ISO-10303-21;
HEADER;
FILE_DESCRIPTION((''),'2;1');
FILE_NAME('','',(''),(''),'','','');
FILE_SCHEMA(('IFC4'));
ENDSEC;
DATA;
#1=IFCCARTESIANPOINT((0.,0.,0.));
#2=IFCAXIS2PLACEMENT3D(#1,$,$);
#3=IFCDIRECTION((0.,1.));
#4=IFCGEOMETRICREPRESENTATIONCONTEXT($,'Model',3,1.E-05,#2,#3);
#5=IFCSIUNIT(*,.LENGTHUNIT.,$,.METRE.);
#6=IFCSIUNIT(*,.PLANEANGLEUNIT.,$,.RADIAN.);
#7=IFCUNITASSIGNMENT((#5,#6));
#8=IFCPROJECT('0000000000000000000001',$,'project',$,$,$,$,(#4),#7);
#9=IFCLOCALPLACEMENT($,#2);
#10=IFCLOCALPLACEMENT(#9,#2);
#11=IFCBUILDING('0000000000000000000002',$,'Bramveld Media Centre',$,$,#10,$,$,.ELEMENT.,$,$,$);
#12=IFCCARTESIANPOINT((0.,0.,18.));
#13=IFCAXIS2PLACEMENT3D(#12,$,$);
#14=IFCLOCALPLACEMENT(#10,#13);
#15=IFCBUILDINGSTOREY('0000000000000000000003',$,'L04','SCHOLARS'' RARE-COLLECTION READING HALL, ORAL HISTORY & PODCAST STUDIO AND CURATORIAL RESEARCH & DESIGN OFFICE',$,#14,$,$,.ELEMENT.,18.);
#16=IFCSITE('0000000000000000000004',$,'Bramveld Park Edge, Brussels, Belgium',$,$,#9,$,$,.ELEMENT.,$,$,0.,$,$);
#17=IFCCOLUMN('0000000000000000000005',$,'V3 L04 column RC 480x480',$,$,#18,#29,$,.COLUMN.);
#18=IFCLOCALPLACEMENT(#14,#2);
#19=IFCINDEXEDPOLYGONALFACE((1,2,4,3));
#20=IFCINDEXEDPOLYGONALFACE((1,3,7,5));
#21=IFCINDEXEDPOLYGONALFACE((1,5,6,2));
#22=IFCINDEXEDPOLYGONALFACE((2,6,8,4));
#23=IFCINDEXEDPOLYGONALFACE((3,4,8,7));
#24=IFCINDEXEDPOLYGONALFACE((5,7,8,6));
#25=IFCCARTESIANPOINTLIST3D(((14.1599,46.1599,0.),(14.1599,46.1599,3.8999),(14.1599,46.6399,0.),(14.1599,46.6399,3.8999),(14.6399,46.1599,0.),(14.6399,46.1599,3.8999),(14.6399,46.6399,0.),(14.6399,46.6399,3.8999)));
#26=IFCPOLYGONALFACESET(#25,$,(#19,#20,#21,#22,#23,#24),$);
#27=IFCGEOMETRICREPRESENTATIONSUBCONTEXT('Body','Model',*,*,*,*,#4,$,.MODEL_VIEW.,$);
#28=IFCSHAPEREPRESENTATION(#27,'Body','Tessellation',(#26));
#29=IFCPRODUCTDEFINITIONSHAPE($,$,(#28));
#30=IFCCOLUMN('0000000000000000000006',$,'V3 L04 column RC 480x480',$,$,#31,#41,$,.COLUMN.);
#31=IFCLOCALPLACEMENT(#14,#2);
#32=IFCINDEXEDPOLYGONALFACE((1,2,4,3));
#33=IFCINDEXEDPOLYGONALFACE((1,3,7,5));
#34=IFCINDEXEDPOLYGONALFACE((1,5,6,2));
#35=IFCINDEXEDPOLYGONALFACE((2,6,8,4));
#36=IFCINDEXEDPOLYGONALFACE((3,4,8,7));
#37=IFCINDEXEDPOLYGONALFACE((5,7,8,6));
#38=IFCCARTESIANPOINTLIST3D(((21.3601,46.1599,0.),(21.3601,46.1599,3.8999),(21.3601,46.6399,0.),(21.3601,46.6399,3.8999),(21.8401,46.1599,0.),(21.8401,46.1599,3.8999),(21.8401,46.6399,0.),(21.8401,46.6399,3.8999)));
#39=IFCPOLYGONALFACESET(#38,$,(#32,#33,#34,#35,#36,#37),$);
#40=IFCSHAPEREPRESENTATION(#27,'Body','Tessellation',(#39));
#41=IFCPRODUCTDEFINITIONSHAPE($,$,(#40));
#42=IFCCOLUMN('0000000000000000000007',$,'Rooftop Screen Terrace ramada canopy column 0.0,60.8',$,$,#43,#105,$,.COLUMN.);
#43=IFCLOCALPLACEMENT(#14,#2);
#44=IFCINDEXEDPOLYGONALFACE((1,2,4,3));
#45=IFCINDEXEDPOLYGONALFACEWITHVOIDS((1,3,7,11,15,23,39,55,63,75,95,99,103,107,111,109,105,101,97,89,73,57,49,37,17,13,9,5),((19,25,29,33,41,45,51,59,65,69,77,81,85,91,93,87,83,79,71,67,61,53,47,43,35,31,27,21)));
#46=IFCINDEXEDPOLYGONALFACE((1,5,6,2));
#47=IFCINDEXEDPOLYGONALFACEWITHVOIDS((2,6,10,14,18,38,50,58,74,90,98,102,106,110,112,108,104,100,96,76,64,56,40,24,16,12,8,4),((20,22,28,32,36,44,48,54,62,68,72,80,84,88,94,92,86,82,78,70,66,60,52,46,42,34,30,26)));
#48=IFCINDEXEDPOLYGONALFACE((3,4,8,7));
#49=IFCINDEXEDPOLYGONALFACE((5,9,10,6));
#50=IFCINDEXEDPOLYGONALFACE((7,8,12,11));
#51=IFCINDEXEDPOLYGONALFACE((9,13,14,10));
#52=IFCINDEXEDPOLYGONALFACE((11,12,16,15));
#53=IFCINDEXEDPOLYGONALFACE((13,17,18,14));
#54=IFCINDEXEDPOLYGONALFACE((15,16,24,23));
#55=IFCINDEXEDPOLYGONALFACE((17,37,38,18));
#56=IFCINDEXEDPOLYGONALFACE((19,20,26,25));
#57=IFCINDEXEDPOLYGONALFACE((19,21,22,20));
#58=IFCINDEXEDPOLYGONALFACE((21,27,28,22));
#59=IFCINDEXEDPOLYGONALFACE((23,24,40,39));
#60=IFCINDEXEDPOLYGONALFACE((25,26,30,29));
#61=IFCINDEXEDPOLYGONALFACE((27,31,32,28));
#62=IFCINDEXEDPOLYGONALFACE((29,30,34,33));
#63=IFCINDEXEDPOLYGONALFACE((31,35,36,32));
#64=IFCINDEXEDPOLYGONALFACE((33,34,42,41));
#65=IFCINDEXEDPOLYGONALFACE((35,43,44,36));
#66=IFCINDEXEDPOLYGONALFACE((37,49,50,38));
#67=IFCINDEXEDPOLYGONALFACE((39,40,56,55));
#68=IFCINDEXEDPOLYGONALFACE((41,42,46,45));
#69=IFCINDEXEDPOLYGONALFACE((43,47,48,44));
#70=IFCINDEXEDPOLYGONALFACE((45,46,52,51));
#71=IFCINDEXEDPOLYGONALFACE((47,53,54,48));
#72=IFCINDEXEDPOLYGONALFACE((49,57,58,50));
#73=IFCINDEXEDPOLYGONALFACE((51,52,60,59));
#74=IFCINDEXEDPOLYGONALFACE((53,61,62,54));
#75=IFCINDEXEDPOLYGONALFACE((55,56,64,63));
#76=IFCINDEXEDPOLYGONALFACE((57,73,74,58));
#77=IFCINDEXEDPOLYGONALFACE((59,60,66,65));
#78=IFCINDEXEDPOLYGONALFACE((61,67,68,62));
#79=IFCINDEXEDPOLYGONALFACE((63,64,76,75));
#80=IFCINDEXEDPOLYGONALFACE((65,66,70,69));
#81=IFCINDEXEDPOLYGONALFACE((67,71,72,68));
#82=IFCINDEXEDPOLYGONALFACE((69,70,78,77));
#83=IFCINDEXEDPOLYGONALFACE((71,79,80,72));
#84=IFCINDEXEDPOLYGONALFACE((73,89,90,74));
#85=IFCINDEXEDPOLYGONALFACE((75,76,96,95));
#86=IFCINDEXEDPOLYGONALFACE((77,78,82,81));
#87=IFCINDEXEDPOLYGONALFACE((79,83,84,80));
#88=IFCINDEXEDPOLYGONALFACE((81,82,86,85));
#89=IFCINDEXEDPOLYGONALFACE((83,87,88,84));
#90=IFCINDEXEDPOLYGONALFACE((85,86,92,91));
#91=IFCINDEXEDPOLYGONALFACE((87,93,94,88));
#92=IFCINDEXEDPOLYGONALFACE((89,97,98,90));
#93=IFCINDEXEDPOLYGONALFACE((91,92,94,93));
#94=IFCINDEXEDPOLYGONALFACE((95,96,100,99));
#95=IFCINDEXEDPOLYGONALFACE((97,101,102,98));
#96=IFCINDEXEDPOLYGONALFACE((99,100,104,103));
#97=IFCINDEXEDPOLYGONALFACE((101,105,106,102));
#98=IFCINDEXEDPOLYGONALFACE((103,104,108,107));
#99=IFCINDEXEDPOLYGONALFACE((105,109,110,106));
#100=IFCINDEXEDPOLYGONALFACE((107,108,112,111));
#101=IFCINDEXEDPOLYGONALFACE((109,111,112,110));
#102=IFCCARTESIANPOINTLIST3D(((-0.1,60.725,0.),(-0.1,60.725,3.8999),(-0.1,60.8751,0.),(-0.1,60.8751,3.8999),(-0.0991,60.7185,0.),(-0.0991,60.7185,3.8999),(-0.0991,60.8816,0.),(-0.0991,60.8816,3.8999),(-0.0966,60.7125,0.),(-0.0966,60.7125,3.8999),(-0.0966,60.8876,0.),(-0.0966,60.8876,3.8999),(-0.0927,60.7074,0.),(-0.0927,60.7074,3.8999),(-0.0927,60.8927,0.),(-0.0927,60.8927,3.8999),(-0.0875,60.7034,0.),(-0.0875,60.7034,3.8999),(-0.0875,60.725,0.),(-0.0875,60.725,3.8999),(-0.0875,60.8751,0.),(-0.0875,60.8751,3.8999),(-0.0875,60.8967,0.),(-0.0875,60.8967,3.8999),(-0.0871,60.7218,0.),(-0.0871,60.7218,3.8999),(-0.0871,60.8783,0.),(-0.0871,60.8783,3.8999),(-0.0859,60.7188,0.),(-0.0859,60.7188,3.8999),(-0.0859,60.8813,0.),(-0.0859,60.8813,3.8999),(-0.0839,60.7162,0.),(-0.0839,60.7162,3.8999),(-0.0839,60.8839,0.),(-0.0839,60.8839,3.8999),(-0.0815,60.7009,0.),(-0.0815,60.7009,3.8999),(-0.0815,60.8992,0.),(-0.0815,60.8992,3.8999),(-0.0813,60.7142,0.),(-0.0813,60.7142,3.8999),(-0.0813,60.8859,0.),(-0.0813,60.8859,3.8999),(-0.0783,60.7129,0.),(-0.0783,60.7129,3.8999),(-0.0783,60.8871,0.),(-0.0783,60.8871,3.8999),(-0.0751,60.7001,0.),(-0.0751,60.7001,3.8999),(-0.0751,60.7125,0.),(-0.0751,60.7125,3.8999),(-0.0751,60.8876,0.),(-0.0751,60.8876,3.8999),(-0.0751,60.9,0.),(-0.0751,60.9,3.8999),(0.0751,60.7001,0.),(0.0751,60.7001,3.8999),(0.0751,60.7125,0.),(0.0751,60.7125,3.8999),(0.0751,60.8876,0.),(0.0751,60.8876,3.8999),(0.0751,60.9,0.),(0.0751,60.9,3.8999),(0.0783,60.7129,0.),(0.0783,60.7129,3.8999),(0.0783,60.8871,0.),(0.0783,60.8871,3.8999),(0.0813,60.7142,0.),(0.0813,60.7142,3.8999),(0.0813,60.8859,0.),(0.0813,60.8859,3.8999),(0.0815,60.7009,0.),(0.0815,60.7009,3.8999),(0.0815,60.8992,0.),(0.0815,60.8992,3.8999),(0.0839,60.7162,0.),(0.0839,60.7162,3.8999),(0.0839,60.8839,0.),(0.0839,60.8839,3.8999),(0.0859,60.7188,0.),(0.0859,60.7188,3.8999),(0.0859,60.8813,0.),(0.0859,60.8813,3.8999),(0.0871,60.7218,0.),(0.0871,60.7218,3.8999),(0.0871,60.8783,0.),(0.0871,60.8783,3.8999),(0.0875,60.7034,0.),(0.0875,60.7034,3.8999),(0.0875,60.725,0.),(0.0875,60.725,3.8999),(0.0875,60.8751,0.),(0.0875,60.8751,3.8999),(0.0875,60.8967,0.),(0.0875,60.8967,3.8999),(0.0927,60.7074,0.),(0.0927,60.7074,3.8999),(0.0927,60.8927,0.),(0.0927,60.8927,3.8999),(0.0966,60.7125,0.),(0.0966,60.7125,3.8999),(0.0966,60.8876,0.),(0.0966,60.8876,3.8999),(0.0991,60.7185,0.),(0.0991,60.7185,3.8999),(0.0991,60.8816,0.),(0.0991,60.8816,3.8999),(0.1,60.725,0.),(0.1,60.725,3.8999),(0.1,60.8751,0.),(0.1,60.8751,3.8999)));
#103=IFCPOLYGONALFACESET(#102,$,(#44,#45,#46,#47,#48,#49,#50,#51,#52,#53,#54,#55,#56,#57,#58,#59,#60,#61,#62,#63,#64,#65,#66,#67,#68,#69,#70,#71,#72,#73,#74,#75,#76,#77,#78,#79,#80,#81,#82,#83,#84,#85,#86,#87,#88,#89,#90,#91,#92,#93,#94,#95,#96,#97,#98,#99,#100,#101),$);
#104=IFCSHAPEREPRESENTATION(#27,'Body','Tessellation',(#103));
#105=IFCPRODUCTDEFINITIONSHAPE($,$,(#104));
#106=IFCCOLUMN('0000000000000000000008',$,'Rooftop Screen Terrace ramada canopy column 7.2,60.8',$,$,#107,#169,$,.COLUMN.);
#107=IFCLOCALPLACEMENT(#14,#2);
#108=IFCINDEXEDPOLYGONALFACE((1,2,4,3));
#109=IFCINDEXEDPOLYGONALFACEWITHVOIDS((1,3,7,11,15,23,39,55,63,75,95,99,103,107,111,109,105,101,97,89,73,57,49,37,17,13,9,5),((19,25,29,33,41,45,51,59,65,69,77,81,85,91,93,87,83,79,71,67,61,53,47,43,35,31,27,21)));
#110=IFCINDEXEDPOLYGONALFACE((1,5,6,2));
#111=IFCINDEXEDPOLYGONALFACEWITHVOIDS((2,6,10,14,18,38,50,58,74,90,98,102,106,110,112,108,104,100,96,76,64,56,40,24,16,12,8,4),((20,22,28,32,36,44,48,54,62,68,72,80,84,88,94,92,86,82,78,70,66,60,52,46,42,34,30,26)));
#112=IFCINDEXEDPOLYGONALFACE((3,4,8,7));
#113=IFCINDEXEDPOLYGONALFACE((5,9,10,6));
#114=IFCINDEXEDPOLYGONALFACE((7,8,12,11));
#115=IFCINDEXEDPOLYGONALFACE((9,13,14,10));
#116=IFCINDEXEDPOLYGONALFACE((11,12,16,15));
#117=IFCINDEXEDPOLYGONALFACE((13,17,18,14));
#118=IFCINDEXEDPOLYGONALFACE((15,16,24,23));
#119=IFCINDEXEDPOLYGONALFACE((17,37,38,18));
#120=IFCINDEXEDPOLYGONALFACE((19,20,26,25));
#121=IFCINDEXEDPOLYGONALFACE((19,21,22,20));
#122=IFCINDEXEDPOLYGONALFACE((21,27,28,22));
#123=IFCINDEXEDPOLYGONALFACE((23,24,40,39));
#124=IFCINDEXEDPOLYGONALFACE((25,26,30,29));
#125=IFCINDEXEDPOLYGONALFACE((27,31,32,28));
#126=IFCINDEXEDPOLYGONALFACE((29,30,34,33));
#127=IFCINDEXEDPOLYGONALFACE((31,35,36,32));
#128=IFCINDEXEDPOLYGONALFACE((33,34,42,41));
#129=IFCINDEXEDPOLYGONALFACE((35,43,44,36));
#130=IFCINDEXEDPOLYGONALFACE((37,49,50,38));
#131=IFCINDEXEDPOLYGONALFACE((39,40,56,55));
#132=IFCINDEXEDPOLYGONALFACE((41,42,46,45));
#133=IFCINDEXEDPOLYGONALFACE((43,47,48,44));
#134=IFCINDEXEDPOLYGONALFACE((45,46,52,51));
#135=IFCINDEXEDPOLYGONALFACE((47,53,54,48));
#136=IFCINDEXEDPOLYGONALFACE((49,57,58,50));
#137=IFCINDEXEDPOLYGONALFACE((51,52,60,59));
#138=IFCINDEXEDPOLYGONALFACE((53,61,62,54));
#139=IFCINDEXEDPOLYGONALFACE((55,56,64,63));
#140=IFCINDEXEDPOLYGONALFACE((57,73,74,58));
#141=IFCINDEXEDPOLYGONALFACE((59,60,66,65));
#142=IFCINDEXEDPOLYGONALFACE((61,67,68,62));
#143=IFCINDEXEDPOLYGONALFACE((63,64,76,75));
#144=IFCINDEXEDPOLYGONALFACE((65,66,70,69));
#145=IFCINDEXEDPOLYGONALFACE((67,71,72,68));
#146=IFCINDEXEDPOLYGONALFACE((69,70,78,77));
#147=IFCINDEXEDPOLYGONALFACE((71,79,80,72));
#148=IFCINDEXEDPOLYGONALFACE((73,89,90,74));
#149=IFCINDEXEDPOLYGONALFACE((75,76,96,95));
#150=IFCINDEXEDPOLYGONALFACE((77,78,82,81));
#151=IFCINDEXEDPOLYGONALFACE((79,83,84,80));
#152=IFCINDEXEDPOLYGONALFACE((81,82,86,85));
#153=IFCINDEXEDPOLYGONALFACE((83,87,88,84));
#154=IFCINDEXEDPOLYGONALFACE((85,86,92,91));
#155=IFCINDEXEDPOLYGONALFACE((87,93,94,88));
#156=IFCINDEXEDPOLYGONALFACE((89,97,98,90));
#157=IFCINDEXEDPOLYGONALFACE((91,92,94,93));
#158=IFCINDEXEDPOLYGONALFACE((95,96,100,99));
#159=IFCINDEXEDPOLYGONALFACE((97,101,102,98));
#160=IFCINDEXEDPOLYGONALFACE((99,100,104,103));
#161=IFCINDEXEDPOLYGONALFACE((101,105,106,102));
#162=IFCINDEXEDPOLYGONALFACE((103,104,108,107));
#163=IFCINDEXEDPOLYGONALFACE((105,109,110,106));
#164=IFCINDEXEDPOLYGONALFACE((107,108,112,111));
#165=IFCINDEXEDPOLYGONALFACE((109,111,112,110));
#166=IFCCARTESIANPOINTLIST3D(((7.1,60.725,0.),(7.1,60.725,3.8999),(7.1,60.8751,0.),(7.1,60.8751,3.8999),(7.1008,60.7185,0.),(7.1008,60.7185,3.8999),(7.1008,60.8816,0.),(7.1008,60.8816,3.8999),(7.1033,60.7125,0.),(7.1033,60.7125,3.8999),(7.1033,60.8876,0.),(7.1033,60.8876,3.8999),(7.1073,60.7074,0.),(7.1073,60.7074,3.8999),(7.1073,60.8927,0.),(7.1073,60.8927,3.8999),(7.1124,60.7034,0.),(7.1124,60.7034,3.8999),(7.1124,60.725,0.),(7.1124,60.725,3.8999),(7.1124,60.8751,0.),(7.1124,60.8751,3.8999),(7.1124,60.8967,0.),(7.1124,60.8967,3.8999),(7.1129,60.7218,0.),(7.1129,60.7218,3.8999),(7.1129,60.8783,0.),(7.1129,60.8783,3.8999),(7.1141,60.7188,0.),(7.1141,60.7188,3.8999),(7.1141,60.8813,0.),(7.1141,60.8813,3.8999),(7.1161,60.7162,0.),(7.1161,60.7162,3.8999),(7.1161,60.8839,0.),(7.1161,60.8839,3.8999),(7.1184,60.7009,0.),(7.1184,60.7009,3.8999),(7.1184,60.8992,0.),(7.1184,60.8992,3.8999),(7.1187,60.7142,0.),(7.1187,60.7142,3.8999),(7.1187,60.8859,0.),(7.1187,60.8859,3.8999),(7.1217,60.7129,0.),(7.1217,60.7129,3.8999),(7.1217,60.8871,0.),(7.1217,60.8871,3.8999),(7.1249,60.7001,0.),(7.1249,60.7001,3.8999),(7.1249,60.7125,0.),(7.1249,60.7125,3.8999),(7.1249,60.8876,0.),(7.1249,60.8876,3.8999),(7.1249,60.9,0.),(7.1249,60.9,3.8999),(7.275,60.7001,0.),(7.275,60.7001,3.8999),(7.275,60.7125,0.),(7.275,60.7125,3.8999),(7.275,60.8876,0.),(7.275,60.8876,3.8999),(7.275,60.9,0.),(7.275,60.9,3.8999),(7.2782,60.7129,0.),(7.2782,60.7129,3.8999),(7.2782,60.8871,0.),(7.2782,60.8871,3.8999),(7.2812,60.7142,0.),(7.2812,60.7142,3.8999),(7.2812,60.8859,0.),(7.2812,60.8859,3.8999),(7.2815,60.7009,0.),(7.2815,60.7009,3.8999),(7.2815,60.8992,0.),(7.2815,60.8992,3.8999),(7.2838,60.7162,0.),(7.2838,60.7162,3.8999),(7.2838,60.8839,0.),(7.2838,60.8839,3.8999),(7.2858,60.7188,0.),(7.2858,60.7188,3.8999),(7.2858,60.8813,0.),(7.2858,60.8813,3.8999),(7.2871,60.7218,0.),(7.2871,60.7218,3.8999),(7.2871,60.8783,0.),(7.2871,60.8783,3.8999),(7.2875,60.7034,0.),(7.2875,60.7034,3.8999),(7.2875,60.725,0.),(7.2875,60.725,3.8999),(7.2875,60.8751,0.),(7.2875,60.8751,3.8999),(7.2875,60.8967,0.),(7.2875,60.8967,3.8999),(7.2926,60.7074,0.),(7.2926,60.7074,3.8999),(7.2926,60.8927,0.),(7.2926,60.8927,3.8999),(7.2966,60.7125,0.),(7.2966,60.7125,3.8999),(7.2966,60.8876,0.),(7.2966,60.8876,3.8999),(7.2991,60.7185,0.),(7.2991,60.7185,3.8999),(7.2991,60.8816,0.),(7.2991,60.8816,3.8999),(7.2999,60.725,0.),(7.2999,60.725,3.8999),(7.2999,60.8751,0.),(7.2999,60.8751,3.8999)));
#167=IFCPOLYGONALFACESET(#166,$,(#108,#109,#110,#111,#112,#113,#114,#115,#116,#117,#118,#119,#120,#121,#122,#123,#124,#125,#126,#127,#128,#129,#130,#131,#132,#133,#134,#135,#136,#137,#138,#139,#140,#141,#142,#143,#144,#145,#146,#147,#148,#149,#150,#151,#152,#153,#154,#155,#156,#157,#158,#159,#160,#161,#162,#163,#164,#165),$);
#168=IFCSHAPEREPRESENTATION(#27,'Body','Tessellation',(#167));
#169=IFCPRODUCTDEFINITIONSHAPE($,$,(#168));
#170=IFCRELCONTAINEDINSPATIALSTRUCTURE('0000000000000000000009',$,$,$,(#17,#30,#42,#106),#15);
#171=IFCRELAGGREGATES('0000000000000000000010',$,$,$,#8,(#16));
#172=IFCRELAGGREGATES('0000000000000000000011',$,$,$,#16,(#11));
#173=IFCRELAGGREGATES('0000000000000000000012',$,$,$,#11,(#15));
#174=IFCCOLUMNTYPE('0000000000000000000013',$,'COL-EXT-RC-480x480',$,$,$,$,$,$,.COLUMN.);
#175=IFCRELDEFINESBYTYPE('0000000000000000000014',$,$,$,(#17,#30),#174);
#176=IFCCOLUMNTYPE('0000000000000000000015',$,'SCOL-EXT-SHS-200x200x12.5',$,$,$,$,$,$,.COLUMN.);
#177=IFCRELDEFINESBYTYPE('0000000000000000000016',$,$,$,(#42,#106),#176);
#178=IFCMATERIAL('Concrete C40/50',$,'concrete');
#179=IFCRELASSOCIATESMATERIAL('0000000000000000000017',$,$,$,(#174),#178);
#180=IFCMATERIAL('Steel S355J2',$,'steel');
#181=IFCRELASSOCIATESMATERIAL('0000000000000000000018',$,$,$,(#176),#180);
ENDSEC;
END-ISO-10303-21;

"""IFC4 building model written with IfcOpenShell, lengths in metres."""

from ifc_helpers import new_model, si_unit, direction, frame, origin, origin_2d, place, context, subcontext, project, spatial, rectangle, hollow_rectangle, extrude, material, material_profile, profile_set, type_object, element, save


model = new_model("IFC4")

# Units and contexts
model_context = context("Model", 3, precision=1e-05, world=origin(), true_north=direction((0.0, 1.0)))
body_context = subcontext(model_context, "Body", "Model", "MODEL_VIEW")
ifc_project = project(units=[si_unit("LENGTHUNIT", "METRE"), si_unit("PLANEANGLEUNIT", "RADIAN")], contexts=[model_context])

# Site, building, storey
site_placement = place(None, origin())
site = spatial("IfcSite", under=ifc_project, at=site_placement, Name="Bramveld Park Edge, Brussels, Belgium", CompositionType="ELEMENT", RefElevation=0.0)
building_placement = place(site_placement, origin())
building = spatial("IfcBuilding", under=site, at=building_placement, Name="Bramveld Media Centre", CompositionType="ELEMENT")
storey_placement = place(building_placement, frame((0.0, 0.0, 18.0)))
storey = spatial("IfcBuildingStorey", under=building, at=storey_placement, Name="L04", Description="SCHOLARS' RARE-COLLECTION READING HALL, ORAL HISTORY & PODCAST STUDIO AND CURATORIAL RESEARCH & DESIGN OFFICE", CompositionType="ELEMENT", Elevation=18.0)

# Columns
ifc_material_1 = material(Name="Concrete C40/50", Category="concrete")
ifc_material_profile_1 = material_profile(ifc_material_1, rectangle(XDim=0.48, YDim=0.48, at=origin_2d()), Name="RC 480x480")
ifc_profile_set_1 = profile_set([ifc_material_profile_1], Name="Concrete C40/50")
column_type_1 = type_object("IfcColumnType", Name="COL-EXT-RC-480x480", PredefinedType="COLUMN", material=ifc_profile_set_1)
for number, where, z_axis, x_axis, name in (
    (1, (14.3999, 46.3999, 0.0), (0.0, 0.0, 1.0), (1.0, 0.0, 0.0), "V3 L04 column RC 480x480"),
    (2, (21.6001, 46.3999, 0.0), (0.0, 0.0, 1.0), (1.0, 0.0, 0.0), "V3 L04 column RC 480x480"),
):
    element("IfcColumn", number, at=place(storey_placement, frame(where, z_axis=z_axis, x_axis=x_axis)), inside=storey, type_object=column_type_1, Name=name, PredefinedType="COLUMN", context=body_context, shape_type="SweptSolid", body=[
        extrude(rectangle(XDim=0.48, YDim=0.48, at=origin_2d()), origin(), (0.0, 0.0, 1.0), 3.8999),
    ])
ifc_material_2 = material(Name="Steel S355J2", Category="steel")
ifc_material_profile_2 = material_profile(ifc_material_2, hollow_rectangle(XDim=0.2, YDim=0.2, WallThickness=0.0125, InnerFilletRadius=0.0125, OuterFilletRadius=0.0249, at=origin_2d()), Name="SHS 200x200x12.5")
ifc_profile_set_2 = profile_set([ifc_material_profile_2], Name="Steel S355J2")
column_type_2 = type_object("IfcColumnType", Name="SCOL-EXT-SHS-200x200x12.5", PredefinedType="COLUMN", material=ifc_profile_set_2)
for number, where, z_axis, x_axis, name in (
    (3, (0.0, 60.8, 0.0), (0.0, 0.0, 1.0), (1.0, 0.0, 0.0), "Rooftop Screen Terrace ramada canopy column 0.0,60.8"),
    (4, (7.2, 60.8, 0.0), (0.0, 0.0, 1.0), (1.0, 0.0, 0.0), "Rooftop Screen Terrace ramada canopy column 7.2,60.8"),
):
    element("IfcColumn", number, at=place(storey_placement, frame(where, z_axis=z_axis, x_axis=x_axis)), inside=storey, type_object=column_type_2, Name=name, PredefinedType="COLUMN", context=body_context, shape_type="SweptSolid", body=[
        extrude(hollow_rectangle(XDim=0.2, YDim=0.2, WallThickness=0.0125, InnerFilletRadius=0.0125, OuterFilletRadius=0.0249, at=origin_2d()), origin(), (0.0, 0.0, 1.0), 3.8999),
    ])

save(model, "model.ifc")
